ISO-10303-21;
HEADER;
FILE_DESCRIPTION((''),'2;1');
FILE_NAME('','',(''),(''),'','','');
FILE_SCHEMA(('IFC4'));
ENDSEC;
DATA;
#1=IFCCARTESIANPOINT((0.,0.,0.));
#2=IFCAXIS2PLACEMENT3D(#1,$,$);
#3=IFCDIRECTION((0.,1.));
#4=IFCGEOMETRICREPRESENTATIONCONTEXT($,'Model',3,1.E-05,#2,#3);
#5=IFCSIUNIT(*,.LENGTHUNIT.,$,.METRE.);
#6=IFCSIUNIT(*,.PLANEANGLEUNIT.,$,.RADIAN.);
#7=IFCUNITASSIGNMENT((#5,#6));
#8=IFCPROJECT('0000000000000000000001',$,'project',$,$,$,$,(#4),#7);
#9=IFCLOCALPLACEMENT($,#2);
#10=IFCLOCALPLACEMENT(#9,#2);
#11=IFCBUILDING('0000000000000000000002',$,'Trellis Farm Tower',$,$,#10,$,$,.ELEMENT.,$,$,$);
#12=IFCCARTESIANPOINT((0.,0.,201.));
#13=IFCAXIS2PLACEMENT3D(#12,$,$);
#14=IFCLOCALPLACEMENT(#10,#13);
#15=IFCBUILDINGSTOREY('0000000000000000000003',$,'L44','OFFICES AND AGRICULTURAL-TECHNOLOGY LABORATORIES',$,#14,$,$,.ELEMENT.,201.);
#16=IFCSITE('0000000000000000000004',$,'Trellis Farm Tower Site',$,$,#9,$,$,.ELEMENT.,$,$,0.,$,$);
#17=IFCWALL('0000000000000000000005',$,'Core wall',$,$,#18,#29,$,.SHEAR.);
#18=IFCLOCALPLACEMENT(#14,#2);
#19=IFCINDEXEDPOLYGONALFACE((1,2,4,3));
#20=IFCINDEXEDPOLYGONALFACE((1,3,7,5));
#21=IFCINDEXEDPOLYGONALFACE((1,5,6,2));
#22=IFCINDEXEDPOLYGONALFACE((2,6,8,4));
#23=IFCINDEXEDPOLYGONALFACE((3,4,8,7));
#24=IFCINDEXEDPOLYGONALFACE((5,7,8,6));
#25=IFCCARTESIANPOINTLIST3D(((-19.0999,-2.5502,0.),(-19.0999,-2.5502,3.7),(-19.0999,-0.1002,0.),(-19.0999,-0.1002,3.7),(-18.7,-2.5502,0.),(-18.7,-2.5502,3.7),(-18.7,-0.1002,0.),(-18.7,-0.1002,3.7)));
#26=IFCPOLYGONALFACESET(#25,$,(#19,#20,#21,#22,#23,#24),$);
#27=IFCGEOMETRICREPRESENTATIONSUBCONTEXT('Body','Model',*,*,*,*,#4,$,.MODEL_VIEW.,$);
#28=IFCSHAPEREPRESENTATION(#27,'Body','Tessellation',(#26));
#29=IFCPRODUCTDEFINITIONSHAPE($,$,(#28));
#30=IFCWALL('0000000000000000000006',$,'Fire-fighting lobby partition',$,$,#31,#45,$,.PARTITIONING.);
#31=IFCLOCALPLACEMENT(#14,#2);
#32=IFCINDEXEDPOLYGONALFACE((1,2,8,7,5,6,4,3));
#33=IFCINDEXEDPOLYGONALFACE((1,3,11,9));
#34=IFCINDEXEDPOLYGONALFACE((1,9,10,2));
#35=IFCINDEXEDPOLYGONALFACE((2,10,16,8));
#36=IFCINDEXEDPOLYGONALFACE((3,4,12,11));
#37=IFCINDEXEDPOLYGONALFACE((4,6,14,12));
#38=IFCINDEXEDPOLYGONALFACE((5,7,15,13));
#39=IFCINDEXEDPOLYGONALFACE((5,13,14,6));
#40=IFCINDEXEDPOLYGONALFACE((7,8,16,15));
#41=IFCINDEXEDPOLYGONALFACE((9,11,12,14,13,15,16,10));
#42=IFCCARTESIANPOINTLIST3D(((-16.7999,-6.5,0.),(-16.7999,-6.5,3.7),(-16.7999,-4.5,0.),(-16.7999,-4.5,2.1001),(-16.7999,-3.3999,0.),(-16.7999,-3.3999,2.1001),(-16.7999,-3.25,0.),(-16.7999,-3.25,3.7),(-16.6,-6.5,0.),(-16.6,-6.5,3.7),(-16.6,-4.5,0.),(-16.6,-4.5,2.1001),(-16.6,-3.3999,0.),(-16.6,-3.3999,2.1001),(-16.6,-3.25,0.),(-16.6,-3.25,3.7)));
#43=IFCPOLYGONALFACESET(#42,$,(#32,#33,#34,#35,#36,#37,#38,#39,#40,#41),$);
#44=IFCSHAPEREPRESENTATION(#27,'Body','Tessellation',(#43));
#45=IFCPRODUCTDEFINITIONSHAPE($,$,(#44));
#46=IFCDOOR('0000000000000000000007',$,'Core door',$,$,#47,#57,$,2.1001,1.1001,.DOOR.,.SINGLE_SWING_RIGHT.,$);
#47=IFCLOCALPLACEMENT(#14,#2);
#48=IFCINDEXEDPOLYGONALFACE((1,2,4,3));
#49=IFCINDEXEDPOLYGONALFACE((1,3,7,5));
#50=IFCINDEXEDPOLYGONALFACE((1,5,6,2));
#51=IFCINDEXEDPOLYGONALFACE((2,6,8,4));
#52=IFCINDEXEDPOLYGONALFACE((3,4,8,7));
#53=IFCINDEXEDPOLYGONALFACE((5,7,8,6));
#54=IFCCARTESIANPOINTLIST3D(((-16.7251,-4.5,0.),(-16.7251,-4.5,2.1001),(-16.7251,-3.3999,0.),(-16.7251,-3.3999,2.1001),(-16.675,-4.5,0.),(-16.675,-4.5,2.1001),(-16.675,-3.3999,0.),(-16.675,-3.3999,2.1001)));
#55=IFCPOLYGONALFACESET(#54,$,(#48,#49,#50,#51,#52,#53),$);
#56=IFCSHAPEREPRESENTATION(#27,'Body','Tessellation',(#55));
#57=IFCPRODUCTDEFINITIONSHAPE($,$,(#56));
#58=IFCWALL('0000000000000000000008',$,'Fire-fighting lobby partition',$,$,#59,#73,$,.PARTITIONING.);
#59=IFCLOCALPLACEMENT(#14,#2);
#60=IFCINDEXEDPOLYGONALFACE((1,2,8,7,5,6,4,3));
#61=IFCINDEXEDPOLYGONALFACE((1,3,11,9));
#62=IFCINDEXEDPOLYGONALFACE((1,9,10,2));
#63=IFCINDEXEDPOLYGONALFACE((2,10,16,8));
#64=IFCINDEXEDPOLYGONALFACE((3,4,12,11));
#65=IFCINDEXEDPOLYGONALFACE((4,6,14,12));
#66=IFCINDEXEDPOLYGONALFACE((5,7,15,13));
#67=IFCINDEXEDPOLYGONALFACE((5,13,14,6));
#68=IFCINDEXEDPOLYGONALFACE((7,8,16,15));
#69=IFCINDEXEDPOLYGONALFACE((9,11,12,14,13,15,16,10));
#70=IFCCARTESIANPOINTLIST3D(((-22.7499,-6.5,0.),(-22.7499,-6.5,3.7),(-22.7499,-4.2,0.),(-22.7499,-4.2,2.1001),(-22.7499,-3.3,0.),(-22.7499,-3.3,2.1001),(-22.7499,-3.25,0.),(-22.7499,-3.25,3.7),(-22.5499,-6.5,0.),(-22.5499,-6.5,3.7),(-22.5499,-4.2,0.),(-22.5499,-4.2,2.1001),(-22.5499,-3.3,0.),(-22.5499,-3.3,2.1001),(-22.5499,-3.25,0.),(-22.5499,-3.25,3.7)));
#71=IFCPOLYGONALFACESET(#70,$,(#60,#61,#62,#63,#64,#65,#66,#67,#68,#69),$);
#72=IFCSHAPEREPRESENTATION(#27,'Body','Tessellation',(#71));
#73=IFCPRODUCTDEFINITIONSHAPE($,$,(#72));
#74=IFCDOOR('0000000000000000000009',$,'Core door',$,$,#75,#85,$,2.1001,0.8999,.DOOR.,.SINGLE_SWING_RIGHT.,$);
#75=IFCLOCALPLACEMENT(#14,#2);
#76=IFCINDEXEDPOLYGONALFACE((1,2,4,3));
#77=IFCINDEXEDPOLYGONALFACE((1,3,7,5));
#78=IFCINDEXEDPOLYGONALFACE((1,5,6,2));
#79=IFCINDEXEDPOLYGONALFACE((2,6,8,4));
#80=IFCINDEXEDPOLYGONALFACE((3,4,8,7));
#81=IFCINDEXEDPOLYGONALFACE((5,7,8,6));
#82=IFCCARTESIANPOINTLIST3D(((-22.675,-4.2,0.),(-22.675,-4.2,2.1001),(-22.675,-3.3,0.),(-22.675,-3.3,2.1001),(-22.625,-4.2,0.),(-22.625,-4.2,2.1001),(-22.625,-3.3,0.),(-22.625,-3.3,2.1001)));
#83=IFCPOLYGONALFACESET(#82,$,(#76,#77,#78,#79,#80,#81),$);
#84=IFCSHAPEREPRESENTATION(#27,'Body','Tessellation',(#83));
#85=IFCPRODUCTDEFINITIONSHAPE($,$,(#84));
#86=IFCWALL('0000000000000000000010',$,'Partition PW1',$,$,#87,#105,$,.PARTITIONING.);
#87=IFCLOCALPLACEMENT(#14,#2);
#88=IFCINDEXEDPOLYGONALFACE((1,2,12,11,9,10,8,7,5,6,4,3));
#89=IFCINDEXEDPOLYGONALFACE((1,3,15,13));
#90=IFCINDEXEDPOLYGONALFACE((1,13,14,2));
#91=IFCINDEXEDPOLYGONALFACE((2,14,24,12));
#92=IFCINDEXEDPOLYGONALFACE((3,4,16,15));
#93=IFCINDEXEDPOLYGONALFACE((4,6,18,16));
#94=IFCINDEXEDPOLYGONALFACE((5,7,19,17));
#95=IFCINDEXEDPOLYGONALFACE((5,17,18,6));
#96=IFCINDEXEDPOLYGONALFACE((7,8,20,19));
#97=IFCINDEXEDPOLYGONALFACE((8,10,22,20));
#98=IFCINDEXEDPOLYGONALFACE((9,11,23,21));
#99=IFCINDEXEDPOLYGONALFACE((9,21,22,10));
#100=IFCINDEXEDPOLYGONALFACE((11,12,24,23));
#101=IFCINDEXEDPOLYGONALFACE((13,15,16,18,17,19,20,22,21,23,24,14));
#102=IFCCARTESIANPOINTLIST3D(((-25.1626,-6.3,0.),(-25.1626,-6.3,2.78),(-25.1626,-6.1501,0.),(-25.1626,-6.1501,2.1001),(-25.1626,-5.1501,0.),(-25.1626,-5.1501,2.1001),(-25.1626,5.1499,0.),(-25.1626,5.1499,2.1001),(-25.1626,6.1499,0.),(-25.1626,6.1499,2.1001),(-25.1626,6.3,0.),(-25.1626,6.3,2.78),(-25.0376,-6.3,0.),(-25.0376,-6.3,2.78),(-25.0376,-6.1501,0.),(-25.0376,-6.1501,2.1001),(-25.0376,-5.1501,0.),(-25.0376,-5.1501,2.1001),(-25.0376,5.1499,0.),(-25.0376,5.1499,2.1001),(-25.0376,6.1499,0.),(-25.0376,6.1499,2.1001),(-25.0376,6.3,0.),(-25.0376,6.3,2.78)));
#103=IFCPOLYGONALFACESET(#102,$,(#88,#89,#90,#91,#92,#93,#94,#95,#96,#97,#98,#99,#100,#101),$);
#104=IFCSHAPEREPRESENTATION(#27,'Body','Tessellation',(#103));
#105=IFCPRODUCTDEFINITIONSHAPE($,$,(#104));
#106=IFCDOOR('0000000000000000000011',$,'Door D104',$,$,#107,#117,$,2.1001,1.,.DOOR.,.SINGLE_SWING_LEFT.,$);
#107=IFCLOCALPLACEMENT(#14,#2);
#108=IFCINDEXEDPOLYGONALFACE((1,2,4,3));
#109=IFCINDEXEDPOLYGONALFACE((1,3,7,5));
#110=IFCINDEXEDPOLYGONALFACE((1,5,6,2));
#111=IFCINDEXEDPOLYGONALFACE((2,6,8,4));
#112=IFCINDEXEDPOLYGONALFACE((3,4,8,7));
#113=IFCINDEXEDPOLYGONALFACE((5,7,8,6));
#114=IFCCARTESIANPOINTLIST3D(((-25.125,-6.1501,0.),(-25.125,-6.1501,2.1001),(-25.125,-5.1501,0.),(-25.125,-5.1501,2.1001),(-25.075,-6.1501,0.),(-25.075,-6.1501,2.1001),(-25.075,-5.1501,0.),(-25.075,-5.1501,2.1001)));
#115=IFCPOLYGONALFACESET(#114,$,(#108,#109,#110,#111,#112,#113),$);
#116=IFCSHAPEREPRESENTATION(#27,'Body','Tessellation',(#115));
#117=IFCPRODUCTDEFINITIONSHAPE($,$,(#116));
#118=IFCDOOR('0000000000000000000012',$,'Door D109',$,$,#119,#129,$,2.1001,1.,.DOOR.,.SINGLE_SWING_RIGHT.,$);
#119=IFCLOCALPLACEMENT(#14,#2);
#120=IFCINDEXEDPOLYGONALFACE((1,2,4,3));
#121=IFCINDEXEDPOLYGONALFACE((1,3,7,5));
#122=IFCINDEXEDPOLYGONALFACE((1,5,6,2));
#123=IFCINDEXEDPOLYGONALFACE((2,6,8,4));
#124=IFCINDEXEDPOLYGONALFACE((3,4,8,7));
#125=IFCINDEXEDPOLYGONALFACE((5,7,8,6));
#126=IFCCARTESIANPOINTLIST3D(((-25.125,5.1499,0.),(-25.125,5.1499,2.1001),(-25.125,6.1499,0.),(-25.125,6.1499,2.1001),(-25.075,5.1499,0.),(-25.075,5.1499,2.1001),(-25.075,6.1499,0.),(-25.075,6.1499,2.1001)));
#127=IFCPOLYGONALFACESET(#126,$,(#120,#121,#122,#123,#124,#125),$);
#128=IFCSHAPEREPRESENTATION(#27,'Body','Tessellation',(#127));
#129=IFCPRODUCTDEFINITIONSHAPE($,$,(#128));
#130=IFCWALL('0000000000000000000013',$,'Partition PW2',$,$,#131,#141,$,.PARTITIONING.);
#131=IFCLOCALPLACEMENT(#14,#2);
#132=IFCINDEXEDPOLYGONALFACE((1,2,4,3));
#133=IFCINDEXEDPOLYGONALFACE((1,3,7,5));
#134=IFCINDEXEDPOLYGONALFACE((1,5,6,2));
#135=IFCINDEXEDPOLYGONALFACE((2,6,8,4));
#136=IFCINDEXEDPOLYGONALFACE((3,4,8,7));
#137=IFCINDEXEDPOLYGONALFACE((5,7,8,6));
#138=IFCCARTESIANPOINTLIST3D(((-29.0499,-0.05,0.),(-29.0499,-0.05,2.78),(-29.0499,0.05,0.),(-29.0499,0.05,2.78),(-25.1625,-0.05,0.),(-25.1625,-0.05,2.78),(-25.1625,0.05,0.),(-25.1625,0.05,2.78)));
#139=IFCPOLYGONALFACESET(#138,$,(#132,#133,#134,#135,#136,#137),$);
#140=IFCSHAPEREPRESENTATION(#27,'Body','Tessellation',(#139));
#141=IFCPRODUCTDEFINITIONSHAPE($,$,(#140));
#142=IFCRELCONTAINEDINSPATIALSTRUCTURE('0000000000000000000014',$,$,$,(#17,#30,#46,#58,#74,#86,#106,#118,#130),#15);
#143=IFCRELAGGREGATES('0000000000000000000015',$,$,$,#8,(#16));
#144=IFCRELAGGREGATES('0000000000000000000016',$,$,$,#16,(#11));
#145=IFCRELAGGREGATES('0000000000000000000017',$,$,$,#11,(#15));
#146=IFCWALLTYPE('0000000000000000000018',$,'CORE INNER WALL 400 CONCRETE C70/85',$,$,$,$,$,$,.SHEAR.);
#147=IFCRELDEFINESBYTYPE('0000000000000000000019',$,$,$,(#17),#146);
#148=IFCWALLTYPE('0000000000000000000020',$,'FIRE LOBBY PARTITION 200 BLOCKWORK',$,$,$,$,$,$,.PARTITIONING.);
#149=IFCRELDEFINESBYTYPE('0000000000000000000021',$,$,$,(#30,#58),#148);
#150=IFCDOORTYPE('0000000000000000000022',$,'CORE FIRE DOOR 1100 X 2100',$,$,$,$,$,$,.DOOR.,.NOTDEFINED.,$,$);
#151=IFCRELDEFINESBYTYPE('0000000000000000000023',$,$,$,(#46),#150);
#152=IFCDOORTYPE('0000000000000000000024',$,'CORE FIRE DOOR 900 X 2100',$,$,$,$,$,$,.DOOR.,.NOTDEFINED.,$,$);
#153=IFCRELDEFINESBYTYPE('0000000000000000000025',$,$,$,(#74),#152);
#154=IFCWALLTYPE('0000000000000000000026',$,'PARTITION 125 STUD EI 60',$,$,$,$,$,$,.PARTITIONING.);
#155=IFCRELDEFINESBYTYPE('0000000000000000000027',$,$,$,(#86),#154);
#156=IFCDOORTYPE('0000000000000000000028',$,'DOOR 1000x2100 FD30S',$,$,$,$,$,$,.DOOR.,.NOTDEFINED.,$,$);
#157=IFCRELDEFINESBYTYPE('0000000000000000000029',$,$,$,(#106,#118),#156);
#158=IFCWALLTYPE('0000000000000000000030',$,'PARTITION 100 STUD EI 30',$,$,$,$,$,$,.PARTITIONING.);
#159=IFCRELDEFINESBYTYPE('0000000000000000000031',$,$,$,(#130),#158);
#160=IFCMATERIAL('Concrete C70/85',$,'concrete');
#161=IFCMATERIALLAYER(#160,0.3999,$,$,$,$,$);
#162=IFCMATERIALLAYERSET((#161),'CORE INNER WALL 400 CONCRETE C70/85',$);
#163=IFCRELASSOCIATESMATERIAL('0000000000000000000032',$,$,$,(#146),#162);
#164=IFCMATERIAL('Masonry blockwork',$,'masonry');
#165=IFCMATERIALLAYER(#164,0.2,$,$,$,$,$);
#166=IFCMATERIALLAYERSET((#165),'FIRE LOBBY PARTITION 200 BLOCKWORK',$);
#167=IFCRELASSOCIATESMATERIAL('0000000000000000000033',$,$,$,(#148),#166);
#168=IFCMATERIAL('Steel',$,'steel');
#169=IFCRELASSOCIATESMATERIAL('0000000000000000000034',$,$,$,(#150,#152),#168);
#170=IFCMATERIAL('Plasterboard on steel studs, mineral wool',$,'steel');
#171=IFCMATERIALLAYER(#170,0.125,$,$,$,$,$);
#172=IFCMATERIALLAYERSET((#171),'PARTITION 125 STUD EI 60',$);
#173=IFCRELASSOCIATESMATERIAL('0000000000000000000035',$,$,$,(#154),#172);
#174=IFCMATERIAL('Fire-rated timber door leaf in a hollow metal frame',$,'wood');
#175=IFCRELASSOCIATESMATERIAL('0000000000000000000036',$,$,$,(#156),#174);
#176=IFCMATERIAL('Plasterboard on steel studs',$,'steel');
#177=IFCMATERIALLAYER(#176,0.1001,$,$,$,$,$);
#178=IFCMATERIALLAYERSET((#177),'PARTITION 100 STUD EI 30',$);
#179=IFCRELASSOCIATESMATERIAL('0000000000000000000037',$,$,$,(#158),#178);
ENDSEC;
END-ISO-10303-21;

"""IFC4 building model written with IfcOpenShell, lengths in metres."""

from ifc_helpers import new_model, si_unit, direction, frame, frame_2d, origin, place, context, subcontext, project, spatial, rectangle, extrude, source, transform, mapped, material, layer, layer_set, type_object, element, fill, save


model = new_model("IFC4")

# Units and contexts
model_context = context("Model", 3, precision=1e-05, world=origin(), true_north=direction((0.0, 1.0)))
body_context = subcontext(model_context, "Body", "Model", "MODEL_VIEW")
ifc_project = project(units=[si_unit("LENGTHUNIT", "METRE"), si_unit("PLANEANGLEUNIT", "RADIAN")], contexts=[model_context])

# Site, building, storey
site_placement = place(None, origin())
site = spatial("IfcSite", under=ifc_project, at=site_placement, Name="Trellis Farm Tower Site", CompositionType="ELEMENT", RefElevation=0.0)
building_placement = place(site_placement, origin())
building = spatial("IfcBuilding", under=site, at=building_placement, Name="Trellis Farm Tower", CompositionType="ELEMENT")
storey_placement = place(building_placement, frame((0.0, 0.0, 201.0)))
storey = spatial("IfcBuildingStorey", under=building, at=storey_placement, Name="L44", Description="OFFICES AND AGRICULTURAL-TECHNOLOGY LABORATORIES", CompositionType="ELEMENT", Elevation=201.0)

# Shared definitions
ifc_material_1 = material(Name="Concrete C70/85", Category="concrete")

# Wall
ifc_layer_1 = layer(ifc_material_1, 0.3999)
ifc_layer_set_1 = layer_set([ifc_layer_1], Name="CORE INNER WALL 400 CONCRETE C70/85")
wall_type_1 = type_object("IfcWallType", Name="CORE INNER WALL 400 CONCRETE C70/85", PredefinedType="SHEAR", material=ifc_layer_set_1)
shared_shape_1 = source(origin(), body_context, "Body", "SweptSolid", [
    extrude(rectangle(XDim=2.45, YDim=0.3999, at=frame_2d((1.2251, 0.0))), origin(), (0.0, 0.0, 1.0), 3.7),
])
for number, where, z_axis, x_axis, name in (
    (1, (-18.8999, -0.1001, 0.0), (0.0, 0.0, 1.0), (0.0, -1.0, 0.0), "Core wall"),
):
    element("IfcWall", number, at=place(storey_placement, frame(where, z_axis=z_axis, x_axis=x_axis)), inside=storey, type_object=wall_type_1, Name=name, PredefinedType="SHEAR", context=body_context, shape_type="MappedRepresentation", body=[
        mapped(shared_shape_1, transform((0.0, 0.0, 0.0))),
    ])

# Walls, openings, doors
ifc_material_2 = material(Name="Masonry blockwork", Category="masonry")
ifc_layer_2 = layer(ifc_material_2, 0.2)
ifc_layer_set_2 = layer_set([ifc_layer_2], Name="FIRE LOBBY PARTITION 200 BLOCKWORK")
wall_type_2 = type_object("IfcWallType", Name="FIRE LOBBY PARTITION 200 BLOCKWORK", PredefinedType="PARTITIONING", material=ifc_layer_set_2)
shared_shape_2 = source(origin(), body_context, "Body", "SweptSolid", [
    extrude(rectangle(XDim=3.25, YDim=0.2, at=frame_2d((1.625, 0.0))), origin(), (0.0, 0.0, 1.0), 3.7),
])
wall_1_placement = place(storey_placement, frame((-16.7, -3.25, 0.0), z_axis=(0.0, 0.0, 1.0), x_axis=(0.0, -1.0, 0.0)))
wall_1 = element("IfcWall", 2, at=wall_1_placement, inside=storey, type_object=wall_type_2, Name="Fire-fighting lobby partition", PredefinedType="PARTITIONING", context=body_context, shape_type="MappedRepresentation", body=[
    mapped(shared_shape_2, transform((0.0, 0.0, 0.0))),
])
shared_shape_3 = source(origin(), body_context, "Body", "SweptSolid", [
    extrude(rectangle(XDim=1.1001, YDim=2.1001, at=frame_2d((0.55, 1.05))), frame((0.0, 0.1101, 0.0), z_axis=(0.0, -1.0, 0.0), x_axis=(1.0, 0.0, 0.0)), (0.0, 0.0, 1.0), 0.2202),
])
opening_1_placement = place(wall_1_placement, frame((0.1499, 0.0, 0.0)))
opening_1 = element("IfcOpeningElement", 3, at=opening_1_placement, cuts=wall_1, PredefinedType="OPENING", context=body_context, shape_type="MappedRepresentation", body=[
    mapped(shared_shape_3, transform((0.0, 0.0, 0.0))),
])
ifc_material_3 = material(Name="Steel", Category="steel")
door_type_1 = type_object("IfcDoorType", Name="CORE FIRE DOOR 1100 X 2100", OperationType="NOTDEFINED", PredefinedType="DOOR", material=ifc_material_3)
shared_shape_4 = source(origin(), body_context, "Body", "SweptSolid", [
    extrude(rectangle(XDim=1.1001, YDim=2.1001, at=frame_2d((0.55, 1.05))), frame((0.0, 0.0249, 0.0), z_axis=(0.0, -1.0, 0.0), x_axis=(1.0, 0.0, 0.0)), (0.0, 0.0, 1.0), 0.05),
])
door_1_placement = place(opening_1_placement, origin())
door_1 = element("IfcDoor", 4, at=door_1_placement, inside=storey, type_object=door_type_1, Name="Core door", OperationType="SINGLE_SWING_RIGHT", OverallHeight=2.1001, OverallWidth=1.1001, PredefinedType="DOOR", context=body_context, shape_type="MappedRepresentation", body=[
    mapped(shared_shape_4, transform((0.0, 0.0, 0.0))),
])
fill(opening_1, door_1)
wall_2_placement = place(storey_placement, frame((-22.6499, -3.25, 0.0), z_axis=(0.0, 0.0, 1.0), x_axis=(0.0, -1.0, 0.0)))
wall_2 = element("IfcWall", 5, at=wall_2_placement, inside=storey, type_object=wall_type_2, Name="Fire-fighting lobby partition", PredefinedType="PARTITIONING", context=body_context, shape_type="MappedRepresentation", body=[
    mapped(shared_shape_2, transform((0.0, 0.0, 0.0))),
])
shared_shape_5 = source(origin(), body_context, "Body", "SweptSolid", [
    extrude(rectangle(XDim=0.8999, YDim=2.1001, at=frame_2d((0.45, 1.05))), frame((0.0, 0.1101, 0.0), z_axis=(0.0, -1.0, 0.0), x_axis=(1.0, 0.0, 0.0)), (0.0, 0.0, 1.0), 0.2202),
])
opening_2_placement = place(wall_2_placement, frame((0.05, 0.0, 0.0)))
opening_2 = element("IfcOpeningElement", 6, at=opening_2_placement, cuts=wall_2, PredefinedType="OPENING", context=body_context, shape_type="MappedRepresentation", body=[
    mapped(shared_shape_5, transform((0.0, 0.0, 0.0))),
])
door_type_2 = type_object("IfcDoorType", Name="CORE FIRE DOOR 900 X 2100", OperationType="NOTDEFINED", PredefinedType="DOOR", material=ifc_material_3)
shared_shape_6 = source(origin(), body_context, "Body", "SweptSolid", [
    extrude(rectangle(XDim=0.8999, YDim=2.1001, at=frame_2d((0.45, 1.05))), frame((0.0, 0.0249, 0.0), z_axis=(0.0, -1.0, 0.0), x_axis=(1.0, 0.0, 0.0)), (0.0, 0.0, 1.0), 0.05),
])
door_2_placement = place(opening_2_placement, origin())
door_2 = element("IfcDoor", 7, at=door_2_placement, inside=storey, type_object=door_type_2, Name="Core door", OperationType="SINGLE_SWING_RIGHT", OverallHeight=2.1001, OverallWidth=0.8999, PredefinedType="DOOR", context=body_context, shape_type="MappedRepresentation", body=[
    mapped(shared_shape_6, transform((0.0, 0.0, 0.0))),
])
fill(opening_2, door_2)

# Wall, openings, doors
ifc_material_4 = material(Name="Plasterboard on steel studs, mineral wool", Category="steel")
ifc_layer_3 = layer(ifc_material_4, 0.125)
ifc_layer_set_3 = layer_set([ifc_layer_3], Name="PARTITION 125 STUD EI 60")
wall_type_3 = type_object("IfcWallType", Name="PARTITION 125 STUD EI 60", PredefinedType="PARTITIONING", material=ifc_layer_set_3)
shared_shape_7 = source(origin(), body_context, "Body", "SweptSolid", [
    extrude(rectangle(XDim=12.6001, YDim=0.125, at=frame_2d((6.3, 0.0))), origin(), (0.0, 0.0, 1.0), 2.78),
])
wall_3_placement = place(storey_placement, frame((-25.1001, -6.3, 0.0), z_axis=(0.0, 0.0, 1.0), x_axis=(0.0, 1.0, 0.0)))
wall_3 = element("IfcWall", 8, at=wall_3_placement, inside=storey, type_object=wall_type_3, Name="Partition PW1", PredefinedType="PARTITIONING", context=body_context, shape_type="MappedRepresentation", body=[
    mapped(shared_shape_7, transform((0.0, 0.0, 0.0))),
])
shared_shape_8 = source(origin(), body_context, "Body", "SweptSolid", [
    extrude(rectangle(XDim=1.0, YDim=2.1001, at=frame_2d((0.5, 1.05))), frame((0.0, 0.0725, 0.0), z_axis=(0.0, -1.0, 0.0), x_axis=(1.0, 0.0, 0.0)), (0.0, 0.0, 1.0), 0.145),
])
opening_3_placement = place(wall_3_placement, frame((0.1499, 0.0, 0.0)))
opening_3 = element("IfcOpeningElement", 9, at=opening_3_placement, cuts=wall_3, PredefinedType="OPENING", context=body_context, shape_type="MappedRepresentation", body=[
    mapped(shared_shape_8, transform((0.0, 0.0, 0.0))),
])
opening_4_placement = place(wall_3_placement, frame((11.45, 0.0, 0.0)))
opening_4 = element("IfcOpeningElement", 10, at=opening_4_placement, cuts=wall_3, PredefinedType="OPENING", context=body_context, shape_type="MappedRepresentation", body=[
    mapped(shared_shape_8, transform((0.0, 0.0, 0.0))),
])
ifc_material_5 = material(Name="Fire-rated timber door leaf in a hollow metal frame", Category="wood")
door_type_3 = type_object("IfcDoorType", Name="DOOR 1000x2100 FD30S", OperationType="NOTDEFINED", PredefinedType="DOOR", material=ifc_material_5)
shared_shape_9 = source(origin(), body_context, "Body", "SweptSolid", [
    extrude(rectangle(XDim=1.0, YDim=2.1001, at=frame_2d((0.5, 1.05))), frame((0.0, 0.0249, 0.0), z_axis=(0.0, -1.0, 0.0), x_axis=(1.0, 0.0, 0.0)), (0.0, 0.0, 1.0), 0.05),
])
door_3_placement = place(opening_3_placement, origin())
door_3 = element("IfcDoor", 11, at=door_3_placement, inside=storey, type_object=door_type_3, Name="Door D104", OperationType="SINGLE_SWING_LEFT", OverallHeight=2.1001, OverallWidth=1.0, PredefinedType="DOOR", context=body_context, shape_type="MappedRepresentation", body=[
    mapped(shared_shape_9, transform((0.0, 0.0, 0.0))),
])
fill(opening_3, door_3)
door_4_placement = place(opening_4_placement, origin())
door_4 = element("IfcDoor", 12, at=door_4_placement, inside=storey, type_object=door_type_3, Name="Door D109", OperationType="SINGLE_SWING_RIGHT", OverallHeight=2.1001, OverallWidth=1.0, PredefinedType="DOOR", context=body_context, shape_type="MappedRepresentation", body=[
    mapped(shared_shape_9, transform((0.0, 0.0, 0.0))),
])
fill(opening_4, door_4)

# Wall
ifc_material_6 = material(Name="Plasterboard on steel studs", Category="steel")
ifc_layer_4 = layer(ifc_material_6, 0.1001)
ifc_layer_set_4 = layer_set([ifc_layer_4], Name="PARTITION 100 STUD EI 30")
wall_type_4 = type_object("IfcWallType", Name="PARTITION 100 STUD EI 30", PredefinedType="PARTITIONING", material=ifc_layer_set_4)
shared_shape_10 = source(origin(), body_context, "Body", "SweptSolid", [
    extrude(rectangle(XDim=3.8875, YDim=0.1001, at=frame_2d((1.9438, 0.0))), origin(), (0.0, 0.0, 1.0), 2.78),
])
wall_4_placement = place(storey_placement, frame((-29.05, 0.0, 0.0), z_axis=(0.0, 0.0, 1.0), x_axis=(1.0, 0.0, 0.0)))
element("IfcWall", 13, at=wall_4_placement, inside=storey, type_object=wall_type_4, Name="Partition PW2", PredefinedType="PARTITIONING", context=body_context, shape_type="MappedRepresentation", body=[
    mapped(shared_shape_10, transform((0.0, 0.0, 0.0))),
])

save(model, "model.ifc")
